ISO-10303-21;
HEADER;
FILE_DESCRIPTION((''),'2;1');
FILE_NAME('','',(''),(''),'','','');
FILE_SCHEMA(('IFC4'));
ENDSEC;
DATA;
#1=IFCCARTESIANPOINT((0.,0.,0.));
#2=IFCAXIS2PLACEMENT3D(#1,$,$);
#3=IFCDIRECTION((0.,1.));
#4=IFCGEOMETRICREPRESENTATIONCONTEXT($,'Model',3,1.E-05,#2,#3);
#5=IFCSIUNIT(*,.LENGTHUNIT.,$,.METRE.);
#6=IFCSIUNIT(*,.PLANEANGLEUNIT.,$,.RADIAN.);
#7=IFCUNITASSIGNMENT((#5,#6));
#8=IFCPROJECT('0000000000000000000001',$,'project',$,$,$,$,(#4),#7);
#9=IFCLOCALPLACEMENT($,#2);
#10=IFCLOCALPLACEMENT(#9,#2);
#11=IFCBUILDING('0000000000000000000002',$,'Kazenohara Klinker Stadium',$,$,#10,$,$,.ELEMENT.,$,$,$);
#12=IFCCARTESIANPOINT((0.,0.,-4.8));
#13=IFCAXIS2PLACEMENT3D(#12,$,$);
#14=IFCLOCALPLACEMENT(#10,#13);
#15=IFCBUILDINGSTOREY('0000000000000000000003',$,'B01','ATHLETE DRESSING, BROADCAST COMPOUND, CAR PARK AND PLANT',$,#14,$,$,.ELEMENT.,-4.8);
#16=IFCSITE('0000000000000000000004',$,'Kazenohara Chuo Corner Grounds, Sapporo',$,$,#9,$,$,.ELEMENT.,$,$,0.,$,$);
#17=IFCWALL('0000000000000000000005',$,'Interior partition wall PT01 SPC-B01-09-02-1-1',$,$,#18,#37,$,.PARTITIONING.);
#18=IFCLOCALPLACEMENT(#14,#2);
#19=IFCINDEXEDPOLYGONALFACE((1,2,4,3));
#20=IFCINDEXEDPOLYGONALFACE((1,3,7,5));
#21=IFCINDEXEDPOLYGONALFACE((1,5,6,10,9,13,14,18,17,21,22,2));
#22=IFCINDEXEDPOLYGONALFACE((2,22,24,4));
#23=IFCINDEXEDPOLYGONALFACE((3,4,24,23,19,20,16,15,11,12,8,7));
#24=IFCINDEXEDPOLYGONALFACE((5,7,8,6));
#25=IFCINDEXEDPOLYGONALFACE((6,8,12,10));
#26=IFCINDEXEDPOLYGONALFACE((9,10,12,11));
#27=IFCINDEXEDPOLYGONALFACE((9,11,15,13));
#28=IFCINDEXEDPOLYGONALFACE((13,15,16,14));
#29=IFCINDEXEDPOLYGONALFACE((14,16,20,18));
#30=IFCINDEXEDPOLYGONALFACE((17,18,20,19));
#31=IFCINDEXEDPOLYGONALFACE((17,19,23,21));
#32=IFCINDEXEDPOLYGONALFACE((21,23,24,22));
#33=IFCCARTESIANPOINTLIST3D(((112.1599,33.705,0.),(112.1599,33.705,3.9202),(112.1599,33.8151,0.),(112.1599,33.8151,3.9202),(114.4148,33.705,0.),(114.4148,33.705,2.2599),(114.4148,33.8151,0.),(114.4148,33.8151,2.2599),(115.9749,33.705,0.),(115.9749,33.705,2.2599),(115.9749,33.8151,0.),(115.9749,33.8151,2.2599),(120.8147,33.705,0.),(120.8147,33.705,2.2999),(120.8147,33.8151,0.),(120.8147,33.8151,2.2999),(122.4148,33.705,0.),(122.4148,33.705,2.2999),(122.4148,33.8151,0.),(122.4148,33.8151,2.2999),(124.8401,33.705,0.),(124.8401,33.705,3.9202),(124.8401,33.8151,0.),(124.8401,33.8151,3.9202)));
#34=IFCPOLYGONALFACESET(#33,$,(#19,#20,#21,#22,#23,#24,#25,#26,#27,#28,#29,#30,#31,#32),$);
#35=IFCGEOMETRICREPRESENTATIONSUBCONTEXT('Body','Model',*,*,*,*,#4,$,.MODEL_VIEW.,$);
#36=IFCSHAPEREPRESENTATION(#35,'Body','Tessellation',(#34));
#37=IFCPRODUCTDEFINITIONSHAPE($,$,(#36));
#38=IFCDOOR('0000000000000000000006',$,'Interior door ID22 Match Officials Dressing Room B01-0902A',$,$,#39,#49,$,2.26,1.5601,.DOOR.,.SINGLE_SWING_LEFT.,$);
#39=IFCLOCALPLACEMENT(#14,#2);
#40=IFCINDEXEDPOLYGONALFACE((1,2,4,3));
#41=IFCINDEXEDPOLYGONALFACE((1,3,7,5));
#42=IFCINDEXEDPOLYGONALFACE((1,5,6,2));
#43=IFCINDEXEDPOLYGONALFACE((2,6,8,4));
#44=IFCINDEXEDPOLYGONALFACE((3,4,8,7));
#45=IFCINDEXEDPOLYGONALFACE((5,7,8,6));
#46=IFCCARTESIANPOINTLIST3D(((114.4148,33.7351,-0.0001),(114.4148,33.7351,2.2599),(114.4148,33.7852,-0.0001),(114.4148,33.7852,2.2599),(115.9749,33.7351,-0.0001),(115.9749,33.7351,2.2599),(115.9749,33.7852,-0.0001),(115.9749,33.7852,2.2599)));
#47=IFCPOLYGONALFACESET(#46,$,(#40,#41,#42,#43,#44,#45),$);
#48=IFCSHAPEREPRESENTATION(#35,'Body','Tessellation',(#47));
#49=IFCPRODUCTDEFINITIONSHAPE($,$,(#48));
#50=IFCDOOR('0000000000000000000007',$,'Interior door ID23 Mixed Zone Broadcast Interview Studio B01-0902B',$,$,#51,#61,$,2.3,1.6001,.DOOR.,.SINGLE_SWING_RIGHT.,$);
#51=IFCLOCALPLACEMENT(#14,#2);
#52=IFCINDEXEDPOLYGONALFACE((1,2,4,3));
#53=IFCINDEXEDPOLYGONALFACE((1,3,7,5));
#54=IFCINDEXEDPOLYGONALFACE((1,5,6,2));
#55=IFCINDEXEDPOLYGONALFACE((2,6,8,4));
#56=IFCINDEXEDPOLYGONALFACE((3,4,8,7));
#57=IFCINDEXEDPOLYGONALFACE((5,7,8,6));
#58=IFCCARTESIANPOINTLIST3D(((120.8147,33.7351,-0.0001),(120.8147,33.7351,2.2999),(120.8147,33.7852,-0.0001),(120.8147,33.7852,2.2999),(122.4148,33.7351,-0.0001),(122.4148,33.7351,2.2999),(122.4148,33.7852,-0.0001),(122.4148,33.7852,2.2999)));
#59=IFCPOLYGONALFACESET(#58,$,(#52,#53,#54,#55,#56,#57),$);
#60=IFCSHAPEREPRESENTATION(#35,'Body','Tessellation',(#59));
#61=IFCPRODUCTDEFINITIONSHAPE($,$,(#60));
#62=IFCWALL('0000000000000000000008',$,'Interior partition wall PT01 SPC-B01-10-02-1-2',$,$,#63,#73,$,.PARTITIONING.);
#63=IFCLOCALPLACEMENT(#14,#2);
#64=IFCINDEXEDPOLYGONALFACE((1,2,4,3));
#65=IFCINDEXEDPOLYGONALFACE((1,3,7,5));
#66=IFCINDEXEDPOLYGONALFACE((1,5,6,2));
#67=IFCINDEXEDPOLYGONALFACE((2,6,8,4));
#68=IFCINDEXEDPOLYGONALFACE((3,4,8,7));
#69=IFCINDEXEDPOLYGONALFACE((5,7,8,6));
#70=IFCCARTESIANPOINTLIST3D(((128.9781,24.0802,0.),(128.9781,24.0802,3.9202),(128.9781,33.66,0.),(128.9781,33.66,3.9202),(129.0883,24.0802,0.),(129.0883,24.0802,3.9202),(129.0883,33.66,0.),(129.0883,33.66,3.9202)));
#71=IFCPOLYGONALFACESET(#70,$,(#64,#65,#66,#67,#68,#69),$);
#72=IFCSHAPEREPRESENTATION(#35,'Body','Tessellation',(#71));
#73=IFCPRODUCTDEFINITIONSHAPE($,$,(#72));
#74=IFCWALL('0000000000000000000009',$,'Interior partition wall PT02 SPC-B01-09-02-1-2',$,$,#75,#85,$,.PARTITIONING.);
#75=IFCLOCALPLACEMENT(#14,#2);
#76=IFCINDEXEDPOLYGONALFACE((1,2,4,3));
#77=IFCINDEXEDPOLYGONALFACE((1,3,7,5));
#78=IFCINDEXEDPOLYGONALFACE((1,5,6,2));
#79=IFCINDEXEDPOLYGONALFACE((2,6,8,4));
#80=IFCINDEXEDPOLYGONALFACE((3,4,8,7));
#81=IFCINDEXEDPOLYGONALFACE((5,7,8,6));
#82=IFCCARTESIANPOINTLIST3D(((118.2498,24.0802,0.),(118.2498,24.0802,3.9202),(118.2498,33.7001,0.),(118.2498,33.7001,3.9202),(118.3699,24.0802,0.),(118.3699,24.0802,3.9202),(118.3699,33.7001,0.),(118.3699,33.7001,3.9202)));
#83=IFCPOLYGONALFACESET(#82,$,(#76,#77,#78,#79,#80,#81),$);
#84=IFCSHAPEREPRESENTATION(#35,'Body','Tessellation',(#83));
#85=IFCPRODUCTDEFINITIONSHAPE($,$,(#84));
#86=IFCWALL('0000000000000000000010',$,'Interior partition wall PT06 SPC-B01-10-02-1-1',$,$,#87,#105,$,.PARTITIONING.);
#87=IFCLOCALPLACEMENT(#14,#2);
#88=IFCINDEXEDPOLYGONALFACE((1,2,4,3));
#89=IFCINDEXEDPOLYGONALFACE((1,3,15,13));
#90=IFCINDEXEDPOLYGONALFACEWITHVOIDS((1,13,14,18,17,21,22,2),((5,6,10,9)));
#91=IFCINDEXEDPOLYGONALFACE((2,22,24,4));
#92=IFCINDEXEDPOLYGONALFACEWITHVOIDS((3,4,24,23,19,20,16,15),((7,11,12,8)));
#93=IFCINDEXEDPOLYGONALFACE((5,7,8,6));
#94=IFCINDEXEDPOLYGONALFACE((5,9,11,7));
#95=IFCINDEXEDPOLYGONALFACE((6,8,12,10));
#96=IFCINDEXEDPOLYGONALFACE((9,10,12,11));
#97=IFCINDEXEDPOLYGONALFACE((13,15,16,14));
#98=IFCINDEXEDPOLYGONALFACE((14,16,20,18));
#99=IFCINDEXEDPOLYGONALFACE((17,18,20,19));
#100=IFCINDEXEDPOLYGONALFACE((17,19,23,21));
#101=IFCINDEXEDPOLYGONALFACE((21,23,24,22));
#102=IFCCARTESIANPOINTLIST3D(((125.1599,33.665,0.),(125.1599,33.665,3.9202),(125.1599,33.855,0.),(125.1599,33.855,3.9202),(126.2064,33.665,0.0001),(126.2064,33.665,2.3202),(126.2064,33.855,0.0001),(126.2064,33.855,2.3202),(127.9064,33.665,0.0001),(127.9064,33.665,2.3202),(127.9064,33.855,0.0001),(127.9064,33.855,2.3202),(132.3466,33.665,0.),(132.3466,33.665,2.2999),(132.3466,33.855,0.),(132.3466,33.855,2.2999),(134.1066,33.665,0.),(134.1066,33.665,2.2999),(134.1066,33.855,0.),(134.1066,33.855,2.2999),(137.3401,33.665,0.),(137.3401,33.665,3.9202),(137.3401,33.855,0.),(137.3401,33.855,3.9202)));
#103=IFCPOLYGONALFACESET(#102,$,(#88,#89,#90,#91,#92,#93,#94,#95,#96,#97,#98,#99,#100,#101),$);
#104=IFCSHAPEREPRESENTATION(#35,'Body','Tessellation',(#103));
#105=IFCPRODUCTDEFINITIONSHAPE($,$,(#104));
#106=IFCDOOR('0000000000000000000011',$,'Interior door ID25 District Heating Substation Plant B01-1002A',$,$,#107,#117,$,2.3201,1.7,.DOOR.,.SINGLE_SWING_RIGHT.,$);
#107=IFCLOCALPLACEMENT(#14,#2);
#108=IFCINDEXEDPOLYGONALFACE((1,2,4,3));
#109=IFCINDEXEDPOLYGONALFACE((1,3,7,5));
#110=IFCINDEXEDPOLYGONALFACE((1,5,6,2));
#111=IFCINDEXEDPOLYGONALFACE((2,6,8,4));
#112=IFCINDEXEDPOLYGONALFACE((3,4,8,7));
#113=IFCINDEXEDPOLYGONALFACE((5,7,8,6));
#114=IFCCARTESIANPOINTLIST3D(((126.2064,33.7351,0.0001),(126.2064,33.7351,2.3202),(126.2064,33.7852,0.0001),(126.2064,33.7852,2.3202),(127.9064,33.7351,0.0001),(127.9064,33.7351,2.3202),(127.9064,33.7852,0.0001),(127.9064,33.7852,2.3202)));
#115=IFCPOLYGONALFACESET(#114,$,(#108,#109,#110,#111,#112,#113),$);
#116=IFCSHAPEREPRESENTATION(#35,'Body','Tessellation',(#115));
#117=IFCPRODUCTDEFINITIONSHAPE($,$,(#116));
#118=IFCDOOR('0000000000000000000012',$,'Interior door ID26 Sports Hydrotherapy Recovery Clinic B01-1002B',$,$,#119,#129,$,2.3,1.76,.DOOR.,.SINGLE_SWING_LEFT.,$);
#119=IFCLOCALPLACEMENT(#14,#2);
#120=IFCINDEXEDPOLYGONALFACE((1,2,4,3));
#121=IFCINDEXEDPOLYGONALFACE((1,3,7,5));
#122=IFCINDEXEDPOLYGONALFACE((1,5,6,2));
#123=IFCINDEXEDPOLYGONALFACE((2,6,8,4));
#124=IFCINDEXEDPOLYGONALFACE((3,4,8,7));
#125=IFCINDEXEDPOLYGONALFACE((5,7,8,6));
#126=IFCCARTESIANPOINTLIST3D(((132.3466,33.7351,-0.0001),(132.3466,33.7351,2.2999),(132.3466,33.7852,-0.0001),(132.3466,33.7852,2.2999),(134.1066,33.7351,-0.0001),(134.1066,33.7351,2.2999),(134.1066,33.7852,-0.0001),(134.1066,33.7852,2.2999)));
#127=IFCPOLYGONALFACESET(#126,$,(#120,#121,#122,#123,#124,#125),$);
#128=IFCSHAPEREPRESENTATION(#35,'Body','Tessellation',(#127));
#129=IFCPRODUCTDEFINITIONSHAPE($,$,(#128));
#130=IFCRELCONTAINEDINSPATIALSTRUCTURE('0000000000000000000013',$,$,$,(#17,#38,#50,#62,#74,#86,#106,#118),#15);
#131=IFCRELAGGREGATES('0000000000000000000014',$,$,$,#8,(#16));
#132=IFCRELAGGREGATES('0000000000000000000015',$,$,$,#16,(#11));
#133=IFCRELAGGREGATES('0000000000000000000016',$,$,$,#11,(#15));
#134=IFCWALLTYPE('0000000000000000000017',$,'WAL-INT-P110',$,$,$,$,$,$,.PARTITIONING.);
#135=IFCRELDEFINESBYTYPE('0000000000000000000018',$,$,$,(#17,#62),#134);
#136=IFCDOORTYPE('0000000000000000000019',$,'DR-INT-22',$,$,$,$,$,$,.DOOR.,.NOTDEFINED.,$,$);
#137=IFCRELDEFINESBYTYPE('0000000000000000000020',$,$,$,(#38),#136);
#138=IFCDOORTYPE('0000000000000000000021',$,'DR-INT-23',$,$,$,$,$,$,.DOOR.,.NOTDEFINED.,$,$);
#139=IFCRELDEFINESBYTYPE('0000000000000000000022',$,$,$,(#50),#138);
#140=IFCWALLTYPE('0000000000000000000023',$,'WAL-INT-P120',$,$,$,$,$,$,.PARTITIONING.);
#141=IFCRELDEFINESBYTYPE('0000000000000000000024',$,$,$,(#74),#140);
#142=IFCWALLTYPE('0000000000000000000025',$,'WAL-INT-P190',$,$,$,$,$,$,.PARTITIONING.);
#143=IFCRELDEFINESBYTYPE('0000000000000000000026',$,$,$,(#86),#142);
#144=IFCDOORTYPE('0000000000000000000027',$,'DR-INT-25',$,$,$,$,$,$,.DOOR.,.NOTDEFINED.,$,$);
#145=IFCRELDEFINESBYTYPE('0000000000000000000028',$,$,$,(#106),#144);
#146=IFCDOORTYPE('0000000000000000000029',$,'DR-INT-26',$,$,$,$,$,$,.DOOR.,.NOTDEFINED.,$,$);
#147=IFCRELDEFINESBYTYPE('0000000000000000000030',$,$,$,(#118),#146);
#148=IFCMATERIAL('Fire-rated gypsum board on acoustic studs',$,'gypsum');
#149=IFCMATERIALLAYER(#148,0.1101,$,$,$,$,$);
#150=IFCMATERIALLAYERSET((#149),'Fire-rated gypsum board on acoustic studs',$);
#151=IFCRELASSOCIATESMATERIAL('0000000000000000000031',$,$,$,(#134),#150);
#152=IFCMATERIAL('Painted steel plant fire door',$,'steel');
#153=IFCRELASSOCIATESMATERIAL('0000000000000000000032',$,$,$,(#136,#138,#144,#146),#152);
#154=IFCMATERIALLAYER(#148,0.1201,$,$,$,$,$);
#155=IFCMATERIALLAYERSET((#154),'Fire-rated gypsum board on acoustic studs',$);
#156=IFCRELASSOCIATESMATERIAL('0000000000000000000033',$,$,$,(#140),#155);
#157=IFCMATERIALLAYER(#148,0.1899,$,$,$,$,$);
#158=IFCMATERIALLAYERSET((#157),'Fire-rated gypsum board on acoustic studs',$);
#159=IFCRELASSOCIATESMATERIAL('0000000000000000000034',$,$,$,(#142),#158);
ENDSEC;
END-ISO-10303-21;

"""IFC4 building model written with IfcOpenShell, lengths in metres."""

from ifc_helpers import new_model, si_unit, direction, frame, frame_2d, origin, place, context, subcontext, project, spatial, rectangle, extrude, material, layer, layer_set, type_object, element, fill, save


model = new_model("IFC4")

# Units and contexts
model_context = context("Model", 3, precision=1e-05, world=origin(), true_north=direction((0.0, 1.0)))
body_context = subcontext(model_context, "Body", "Model", "MODEL_VIEW")
ifc_project = project(units=[si_unit("LENGTHUNIT", "METRE"), si_unit("PLANEANGLEUNIT", "RADIAN")], contexts=[model_context])

# Site, building, storey
site_placement = place(None, origin())
site = spatial("IfcSite", under=ifc_project, at=site_placement, Name="Kazenohara Chuo Corner Grounds, Sapporo", CompositionType="ELEMENT", RefElevation=0.0)
building_placement = place(site_placement, origin())
building = spatial("IfcBuilding", under=site, at=building_placement, Name="Kazenohara Klinker Stadium", CompositionType="ELEMENT")
storey_placement = place(building_placement, frame((0.0, 0.0, -4.8)))
storey = spatial("IfcBuildingStorey", under=building, at=storey_placement, Name="B01", Description="ATHLETE DRESSING, BROADCAST COMPOUND, CAR PARK AND PLANT", CompositionType="ELEMENT", Elevation=-4.8)

# Wall, openings, doors
ifc_material_1 = material(Name="Fire-rated gypsum board on acoustic studs", Category="gypsum")
ifc_layer_1 = layer(ifc_material_1, 0.1101)
ifc_layer_set_1 = layer_set([ifc_layer_1], Name="Fire-rated gypsum board on acoustic studs")
wall_type_1 = type_object("IfcWallType", Name="WAL-INT-P110", PredefinedType="PARTITIONING", material=ifc_layer_set_1)
wall_1_placement = place(storey_placement, frame((112.1599, 33.76, 0.0), z_axis=(0.0, 0.0, 1.0), x_axis=(1.0, 0.0, 0.0)))
wall_1 = element("IfcWall", 1, at=wall_1_placement, inside=storey, type_object=wall_type_1, Name="Interior partition wall PT01 SPC-B01-09-02-1-1", PredefinedType="PARTITIONING", context=body_context, shape_type="SweptSolid", body=[
    extrude(rectangle(XDim=12.6802, YDim=0.1101, at=frame_2d((6.3401, 0.0))), origin(), (0.0, 0.0, 1.0), 3.9202),
])
opening_1_placement = place(wall_1_placement, frame((3.8149, 0.0, 0.0), z_axis=(0.0, 0.0, 1.0), x_axis=(-1.0, 0.0, 0.0)))
opening_1 = element("IfcOpeningElement", 2, at=opening_1_placement, cuts=wall_1, PredefinedType="OPENING", context=body_context, shape_type="SweptSolid", body=[
    extrude(rectangle(XDim=1.5601, YDim=2.26, at=frame_2d((0.78, 1.1299))), frame((0.0, 0.0649, 0.0), z_axis=(0.0, -1.0, 0.0), x_axis=(1.0, 0.0, 0.0)), (0.0, 0.0, 1.0), 0.1301),
])
opening_2_placement = place(wall_1_placement, frame((10.2549, 0.0, 0.0), z_axis=(0.0, 0.0, 1.0), x_axis=(-1.0, 0.0, 0.0)))
opening_2 = element("IfcOpeningElement", 3, at=opening_2_placement, cuts=wall_1, PredefinedType="OPENING", context=body_context, shape_type="SweptSolid", body=[
    extrude(rectangle(XDim=1.6001, YDim=2.3, at=frame_2d((0.8, 1.1499))), frame((0.0, 0.0649, 0.0), z_axis=(0.0, -1.0, 0.0), x_axis=(1.0, 0.0, 0.0)), (0.0, 0.0, 1.0), 0.1301),
])
ifc_material_2 = material(Name="Painted steel plant fire door", Category="steel")
door_type_1 = type_object("IfcDoorType", Name="DR-INT-22", OperationType="NOTDEFINED", PredefinedType="DOOR", material=ifc_material_2)
door_1_placement = place(opening_1_placement, origin())
door_1 = element("IfcDoor", 4, at=door_1_placement, inside=storey, type_object=door_type_1, Name="Interior door ID22 Match Officials Dressing Room B01-0902A", OperationType="SINGLE_SWING_LEFT", OverallHeight=2.26, OverallWidth=1.5601, PredefinedType="DOOR", context=body_context, shape_type="SweptSolid", body=[
    extrude(rectangle(XDim=1.5601, YDim=2.26, at=frame_2d((0.78, 1.1299))), frame((0.0, 0.0249, 0.0), z_axis=(0.0, -1.0, 0.0), x_axis=(1.0, 0.0, 0.0)), (0.0, 0.0, 1.0), 0.05),
])
fill(opening_1, door_1)
door_type_2 = type_object("IfcDoorType", Name="DR-INT-23", OperationType="NOTDEFINED", PredefinedType="DOOR", material=ifc_material_2)
door_2_placement = place(opening_2_placement, origin())
door_2 = element("IfcDoor", 5, at=door_2_placement, inside=storey, type_object=door_type_2, Name="Interior door ID23 Mixed Zone Broadcast Interview Studio B01-0902B", OperationType="SINGLE_SWING_RIGHT", OverallHeight=2.3, OverallWidth=1.6001, PredefinedType="DOOR", context=body_context, shape_type="SweptSolid", body=[
    extrude(rectangle(XDim=1.6001, YDim=2.3, at=frame_2d((0.8, 1.1499))), frame((0.0, 0.0249, 0.0), z_axis=(0.0, -1.0, 0.0), x_axis=(1.0, 0.0, 0.0)), (0.0, 0.0, 1.0), 0.05),
])
fill(opening_2, door_2)

# Walls
wall_2_placement = place(storey_placement, frame((129.0332, 24.0801, 0.0), z_axis=(0.0, 0.0, 1.0), x_axis=(0.0, 1.0, 0.0)))
element("IfcWall", 6, at=wall_2_placement, inside=storey, type_object=wall_type_1, Name="Interior partition wall PT01 SPC-B01-10-02-1-2", PredefinedType="PARTITIONING", context=body_context, shape_type="SweptSolid", body=[
    extrude(rectangle(XDim=9.5798, YDim=0.1101, at=frame_2d((4.79, 0.0))), origin(), (0.0, 0.0, 1.0), 3.9202),
])
ifc_layer_2 = layer(ifc_material_1, 0.1201)
ifc_layer_set_2 = layer_set([ifc_layer_2], Name="Fire-rated gypsum board on acoustic studs")
wall_type_2 = type_object("IfcWallType", Name="WAL-INT-P120", PredefinedType="PARTITIONING", material=ifc_layer_set_2)
wall_3_placement = place(storey_placement, frame((118.3098, 24.0801, 0.0), z_axis=(0.0, 0.0, 1.0), x_axis=(0.0, 1.0, 0.0)))
element("IfcWall", 7, at=wall_3_placement, inside=storey, type_object=wall_type_2, Name="Interior partition wall PT02 SPC-B01-09-02-1-2", PredefinedType="PARTITIONING", context=body_context, shape_type="SweptSolid", body=[
    extrude(rectangle(XDim=9.6199, YDim=0.1201, at=frame_2d((4.8101, 0.0))), origin(), (0.0, 0.0, 1.0), 3.9202),
])

# Wall, openings, doors
ifc_layer_3 = layer(ifc_material_1, 0.1899)
ifc_layer_set_3 = layer_set([ifc_layer_3], Name="Fire-rated gypsum board on acoustic studs")
wall_type_3 = type_object("IfcWallType", Name="WAL-INT-P190", PredefinedType="PARTITIONING", material=ifc_layer_set_3)
wall_4_placement = place(storey_placement, frame((125.1599, 33.76, 0.0), z_axis=(0.0, 0.0, 1.0), x_axis=(1.0, 0.0, 0.0)))
wall_4 = element("IfcWall", 8, at=wall_4_placement, inside=storey, type_object=wall_type_3, Name="Interior partition wall PT06 SPC-B01-10-02-1-1", PredefinedType="PARTITIONING", context=body_context, shape_type="SweptSolid", body=[
    extrude(rectangle(XDim=12.1802, YDim=0.1899, at=frame_2d((6.0901, 0.0))), origin(), (0.0, 0.0, 1.0), 3.9202),
])
opening_3_placement = place(wall_4_placement, frame((2.7466, 0.0, 0.0), z_axis=(0.0, 0.0, 1.0), x_axis=(-1.0, 0.0, 0.0)))
opening_3 = element("IfcOpeningElement", 9, at=opening_3_placement, cuts=wall_4, PredefinedType="OPENING", context=body_context, shape_type="SweptSolid", body=[
    extrude(rectangle(XDim=1.7, YDim=2.3201, at=frame_2d((0.8501, 1.1602))), frame((0.0, 0.105, 0.0), z_axis=(0.0, -1.0, 0.0), x_axis=(1.0, 0.0, 0.0)), (0.0, 0.0, 1.0), 0.21),
])
opening_4_placement = place(wall_4_placement, frame((8.9465, 0.0, 0.0), z_axis=(0.0, 0.0, 1.0), x_axis=(-1.0, 0.0, 0.0)))
opening_4 = element("IfcOpeningElement", 10, at=opening_4_placement, cuts=wall_4, PredefinedType="OPENING", context=body_context, shape_type="SweptSolid", body=[
    extrude(rectangle(XDim=1.76, YDim=2.3, at=frame_2d((0.8799, 1.1499))), frame((0.0, 0.105, 0.0), z_axis=(0.0, -1.0, 0.0), x_axis=(1.0, 0.0, 0.0)), (0.0, 0.0, 1.0), 0.21),
])
door_type_3 = type_object("IfcDoorType", Name="DR-INT-25", OperationType="NOTDEFINED", PredefinedType="DOOR", material=ifc_material_2)
door_3_placement = place(opening_3_placement, origin())
door_3 = element("IfcDoor", 11, at=door_3_placement, inside=storey, type_object=door_type_3, Name="Interior door ID25 District Heating Substation Plant B01-1002A", OperationType="SINGLE_SWING_RIGHT", OverallHeight=2.3201, OverallWidth=1.7, PredefinedType="DOOR", context=body_context, shape_type="SweptSolid", body=[
    extrude(rectangle(XDim=1.7, YDim=2.3201, at=frame_2d((0.8501, 1.1602))), frame((0.0, 0.0249, 0.0), z_axis=(0.0, -1.0, 0.0), x_axis=(1.0, 0.0, 0.0)), (0.0, 0.0, 1.0), 0.05),
])
fill(opening_3, door_3)
door_type_4 = type_object("IfcDoorType", Name="DR-INT-26", OperationType="NOTDEFINED", PredefinedType="DOOR", material=ifc_material_2)
door_4_placement = place(opening_4_placement, origin())
door_4 = element("IfcDoor", 12, at=door_4_placement, inside=storey, type_object=door_type_4, Name="Interior door ID26 Sports Hydrotherapy Recovery Clinic B01-1002B", OperationType="SINGLE_SWING_LEFT", OverallHeight=2.3, OverallWidth=1.76, PredefinedType="DOOR", context=body_context, shape_type="SweptSolid", body=[
    extrude(rectangle(XDim=1.76, YDim=2.3, at=frame_2d((0.8799, 1.1499))), frame((0.0, 0.0249, 0.0), z_axis=(0.0, -1.0, 0.0), x_axis=(1.0, 0.0, 0.0)), (0.0, 0.0, 1.0), 0.05),
])
fill(opening_4, door_4)

save(model, "model.ifc")
